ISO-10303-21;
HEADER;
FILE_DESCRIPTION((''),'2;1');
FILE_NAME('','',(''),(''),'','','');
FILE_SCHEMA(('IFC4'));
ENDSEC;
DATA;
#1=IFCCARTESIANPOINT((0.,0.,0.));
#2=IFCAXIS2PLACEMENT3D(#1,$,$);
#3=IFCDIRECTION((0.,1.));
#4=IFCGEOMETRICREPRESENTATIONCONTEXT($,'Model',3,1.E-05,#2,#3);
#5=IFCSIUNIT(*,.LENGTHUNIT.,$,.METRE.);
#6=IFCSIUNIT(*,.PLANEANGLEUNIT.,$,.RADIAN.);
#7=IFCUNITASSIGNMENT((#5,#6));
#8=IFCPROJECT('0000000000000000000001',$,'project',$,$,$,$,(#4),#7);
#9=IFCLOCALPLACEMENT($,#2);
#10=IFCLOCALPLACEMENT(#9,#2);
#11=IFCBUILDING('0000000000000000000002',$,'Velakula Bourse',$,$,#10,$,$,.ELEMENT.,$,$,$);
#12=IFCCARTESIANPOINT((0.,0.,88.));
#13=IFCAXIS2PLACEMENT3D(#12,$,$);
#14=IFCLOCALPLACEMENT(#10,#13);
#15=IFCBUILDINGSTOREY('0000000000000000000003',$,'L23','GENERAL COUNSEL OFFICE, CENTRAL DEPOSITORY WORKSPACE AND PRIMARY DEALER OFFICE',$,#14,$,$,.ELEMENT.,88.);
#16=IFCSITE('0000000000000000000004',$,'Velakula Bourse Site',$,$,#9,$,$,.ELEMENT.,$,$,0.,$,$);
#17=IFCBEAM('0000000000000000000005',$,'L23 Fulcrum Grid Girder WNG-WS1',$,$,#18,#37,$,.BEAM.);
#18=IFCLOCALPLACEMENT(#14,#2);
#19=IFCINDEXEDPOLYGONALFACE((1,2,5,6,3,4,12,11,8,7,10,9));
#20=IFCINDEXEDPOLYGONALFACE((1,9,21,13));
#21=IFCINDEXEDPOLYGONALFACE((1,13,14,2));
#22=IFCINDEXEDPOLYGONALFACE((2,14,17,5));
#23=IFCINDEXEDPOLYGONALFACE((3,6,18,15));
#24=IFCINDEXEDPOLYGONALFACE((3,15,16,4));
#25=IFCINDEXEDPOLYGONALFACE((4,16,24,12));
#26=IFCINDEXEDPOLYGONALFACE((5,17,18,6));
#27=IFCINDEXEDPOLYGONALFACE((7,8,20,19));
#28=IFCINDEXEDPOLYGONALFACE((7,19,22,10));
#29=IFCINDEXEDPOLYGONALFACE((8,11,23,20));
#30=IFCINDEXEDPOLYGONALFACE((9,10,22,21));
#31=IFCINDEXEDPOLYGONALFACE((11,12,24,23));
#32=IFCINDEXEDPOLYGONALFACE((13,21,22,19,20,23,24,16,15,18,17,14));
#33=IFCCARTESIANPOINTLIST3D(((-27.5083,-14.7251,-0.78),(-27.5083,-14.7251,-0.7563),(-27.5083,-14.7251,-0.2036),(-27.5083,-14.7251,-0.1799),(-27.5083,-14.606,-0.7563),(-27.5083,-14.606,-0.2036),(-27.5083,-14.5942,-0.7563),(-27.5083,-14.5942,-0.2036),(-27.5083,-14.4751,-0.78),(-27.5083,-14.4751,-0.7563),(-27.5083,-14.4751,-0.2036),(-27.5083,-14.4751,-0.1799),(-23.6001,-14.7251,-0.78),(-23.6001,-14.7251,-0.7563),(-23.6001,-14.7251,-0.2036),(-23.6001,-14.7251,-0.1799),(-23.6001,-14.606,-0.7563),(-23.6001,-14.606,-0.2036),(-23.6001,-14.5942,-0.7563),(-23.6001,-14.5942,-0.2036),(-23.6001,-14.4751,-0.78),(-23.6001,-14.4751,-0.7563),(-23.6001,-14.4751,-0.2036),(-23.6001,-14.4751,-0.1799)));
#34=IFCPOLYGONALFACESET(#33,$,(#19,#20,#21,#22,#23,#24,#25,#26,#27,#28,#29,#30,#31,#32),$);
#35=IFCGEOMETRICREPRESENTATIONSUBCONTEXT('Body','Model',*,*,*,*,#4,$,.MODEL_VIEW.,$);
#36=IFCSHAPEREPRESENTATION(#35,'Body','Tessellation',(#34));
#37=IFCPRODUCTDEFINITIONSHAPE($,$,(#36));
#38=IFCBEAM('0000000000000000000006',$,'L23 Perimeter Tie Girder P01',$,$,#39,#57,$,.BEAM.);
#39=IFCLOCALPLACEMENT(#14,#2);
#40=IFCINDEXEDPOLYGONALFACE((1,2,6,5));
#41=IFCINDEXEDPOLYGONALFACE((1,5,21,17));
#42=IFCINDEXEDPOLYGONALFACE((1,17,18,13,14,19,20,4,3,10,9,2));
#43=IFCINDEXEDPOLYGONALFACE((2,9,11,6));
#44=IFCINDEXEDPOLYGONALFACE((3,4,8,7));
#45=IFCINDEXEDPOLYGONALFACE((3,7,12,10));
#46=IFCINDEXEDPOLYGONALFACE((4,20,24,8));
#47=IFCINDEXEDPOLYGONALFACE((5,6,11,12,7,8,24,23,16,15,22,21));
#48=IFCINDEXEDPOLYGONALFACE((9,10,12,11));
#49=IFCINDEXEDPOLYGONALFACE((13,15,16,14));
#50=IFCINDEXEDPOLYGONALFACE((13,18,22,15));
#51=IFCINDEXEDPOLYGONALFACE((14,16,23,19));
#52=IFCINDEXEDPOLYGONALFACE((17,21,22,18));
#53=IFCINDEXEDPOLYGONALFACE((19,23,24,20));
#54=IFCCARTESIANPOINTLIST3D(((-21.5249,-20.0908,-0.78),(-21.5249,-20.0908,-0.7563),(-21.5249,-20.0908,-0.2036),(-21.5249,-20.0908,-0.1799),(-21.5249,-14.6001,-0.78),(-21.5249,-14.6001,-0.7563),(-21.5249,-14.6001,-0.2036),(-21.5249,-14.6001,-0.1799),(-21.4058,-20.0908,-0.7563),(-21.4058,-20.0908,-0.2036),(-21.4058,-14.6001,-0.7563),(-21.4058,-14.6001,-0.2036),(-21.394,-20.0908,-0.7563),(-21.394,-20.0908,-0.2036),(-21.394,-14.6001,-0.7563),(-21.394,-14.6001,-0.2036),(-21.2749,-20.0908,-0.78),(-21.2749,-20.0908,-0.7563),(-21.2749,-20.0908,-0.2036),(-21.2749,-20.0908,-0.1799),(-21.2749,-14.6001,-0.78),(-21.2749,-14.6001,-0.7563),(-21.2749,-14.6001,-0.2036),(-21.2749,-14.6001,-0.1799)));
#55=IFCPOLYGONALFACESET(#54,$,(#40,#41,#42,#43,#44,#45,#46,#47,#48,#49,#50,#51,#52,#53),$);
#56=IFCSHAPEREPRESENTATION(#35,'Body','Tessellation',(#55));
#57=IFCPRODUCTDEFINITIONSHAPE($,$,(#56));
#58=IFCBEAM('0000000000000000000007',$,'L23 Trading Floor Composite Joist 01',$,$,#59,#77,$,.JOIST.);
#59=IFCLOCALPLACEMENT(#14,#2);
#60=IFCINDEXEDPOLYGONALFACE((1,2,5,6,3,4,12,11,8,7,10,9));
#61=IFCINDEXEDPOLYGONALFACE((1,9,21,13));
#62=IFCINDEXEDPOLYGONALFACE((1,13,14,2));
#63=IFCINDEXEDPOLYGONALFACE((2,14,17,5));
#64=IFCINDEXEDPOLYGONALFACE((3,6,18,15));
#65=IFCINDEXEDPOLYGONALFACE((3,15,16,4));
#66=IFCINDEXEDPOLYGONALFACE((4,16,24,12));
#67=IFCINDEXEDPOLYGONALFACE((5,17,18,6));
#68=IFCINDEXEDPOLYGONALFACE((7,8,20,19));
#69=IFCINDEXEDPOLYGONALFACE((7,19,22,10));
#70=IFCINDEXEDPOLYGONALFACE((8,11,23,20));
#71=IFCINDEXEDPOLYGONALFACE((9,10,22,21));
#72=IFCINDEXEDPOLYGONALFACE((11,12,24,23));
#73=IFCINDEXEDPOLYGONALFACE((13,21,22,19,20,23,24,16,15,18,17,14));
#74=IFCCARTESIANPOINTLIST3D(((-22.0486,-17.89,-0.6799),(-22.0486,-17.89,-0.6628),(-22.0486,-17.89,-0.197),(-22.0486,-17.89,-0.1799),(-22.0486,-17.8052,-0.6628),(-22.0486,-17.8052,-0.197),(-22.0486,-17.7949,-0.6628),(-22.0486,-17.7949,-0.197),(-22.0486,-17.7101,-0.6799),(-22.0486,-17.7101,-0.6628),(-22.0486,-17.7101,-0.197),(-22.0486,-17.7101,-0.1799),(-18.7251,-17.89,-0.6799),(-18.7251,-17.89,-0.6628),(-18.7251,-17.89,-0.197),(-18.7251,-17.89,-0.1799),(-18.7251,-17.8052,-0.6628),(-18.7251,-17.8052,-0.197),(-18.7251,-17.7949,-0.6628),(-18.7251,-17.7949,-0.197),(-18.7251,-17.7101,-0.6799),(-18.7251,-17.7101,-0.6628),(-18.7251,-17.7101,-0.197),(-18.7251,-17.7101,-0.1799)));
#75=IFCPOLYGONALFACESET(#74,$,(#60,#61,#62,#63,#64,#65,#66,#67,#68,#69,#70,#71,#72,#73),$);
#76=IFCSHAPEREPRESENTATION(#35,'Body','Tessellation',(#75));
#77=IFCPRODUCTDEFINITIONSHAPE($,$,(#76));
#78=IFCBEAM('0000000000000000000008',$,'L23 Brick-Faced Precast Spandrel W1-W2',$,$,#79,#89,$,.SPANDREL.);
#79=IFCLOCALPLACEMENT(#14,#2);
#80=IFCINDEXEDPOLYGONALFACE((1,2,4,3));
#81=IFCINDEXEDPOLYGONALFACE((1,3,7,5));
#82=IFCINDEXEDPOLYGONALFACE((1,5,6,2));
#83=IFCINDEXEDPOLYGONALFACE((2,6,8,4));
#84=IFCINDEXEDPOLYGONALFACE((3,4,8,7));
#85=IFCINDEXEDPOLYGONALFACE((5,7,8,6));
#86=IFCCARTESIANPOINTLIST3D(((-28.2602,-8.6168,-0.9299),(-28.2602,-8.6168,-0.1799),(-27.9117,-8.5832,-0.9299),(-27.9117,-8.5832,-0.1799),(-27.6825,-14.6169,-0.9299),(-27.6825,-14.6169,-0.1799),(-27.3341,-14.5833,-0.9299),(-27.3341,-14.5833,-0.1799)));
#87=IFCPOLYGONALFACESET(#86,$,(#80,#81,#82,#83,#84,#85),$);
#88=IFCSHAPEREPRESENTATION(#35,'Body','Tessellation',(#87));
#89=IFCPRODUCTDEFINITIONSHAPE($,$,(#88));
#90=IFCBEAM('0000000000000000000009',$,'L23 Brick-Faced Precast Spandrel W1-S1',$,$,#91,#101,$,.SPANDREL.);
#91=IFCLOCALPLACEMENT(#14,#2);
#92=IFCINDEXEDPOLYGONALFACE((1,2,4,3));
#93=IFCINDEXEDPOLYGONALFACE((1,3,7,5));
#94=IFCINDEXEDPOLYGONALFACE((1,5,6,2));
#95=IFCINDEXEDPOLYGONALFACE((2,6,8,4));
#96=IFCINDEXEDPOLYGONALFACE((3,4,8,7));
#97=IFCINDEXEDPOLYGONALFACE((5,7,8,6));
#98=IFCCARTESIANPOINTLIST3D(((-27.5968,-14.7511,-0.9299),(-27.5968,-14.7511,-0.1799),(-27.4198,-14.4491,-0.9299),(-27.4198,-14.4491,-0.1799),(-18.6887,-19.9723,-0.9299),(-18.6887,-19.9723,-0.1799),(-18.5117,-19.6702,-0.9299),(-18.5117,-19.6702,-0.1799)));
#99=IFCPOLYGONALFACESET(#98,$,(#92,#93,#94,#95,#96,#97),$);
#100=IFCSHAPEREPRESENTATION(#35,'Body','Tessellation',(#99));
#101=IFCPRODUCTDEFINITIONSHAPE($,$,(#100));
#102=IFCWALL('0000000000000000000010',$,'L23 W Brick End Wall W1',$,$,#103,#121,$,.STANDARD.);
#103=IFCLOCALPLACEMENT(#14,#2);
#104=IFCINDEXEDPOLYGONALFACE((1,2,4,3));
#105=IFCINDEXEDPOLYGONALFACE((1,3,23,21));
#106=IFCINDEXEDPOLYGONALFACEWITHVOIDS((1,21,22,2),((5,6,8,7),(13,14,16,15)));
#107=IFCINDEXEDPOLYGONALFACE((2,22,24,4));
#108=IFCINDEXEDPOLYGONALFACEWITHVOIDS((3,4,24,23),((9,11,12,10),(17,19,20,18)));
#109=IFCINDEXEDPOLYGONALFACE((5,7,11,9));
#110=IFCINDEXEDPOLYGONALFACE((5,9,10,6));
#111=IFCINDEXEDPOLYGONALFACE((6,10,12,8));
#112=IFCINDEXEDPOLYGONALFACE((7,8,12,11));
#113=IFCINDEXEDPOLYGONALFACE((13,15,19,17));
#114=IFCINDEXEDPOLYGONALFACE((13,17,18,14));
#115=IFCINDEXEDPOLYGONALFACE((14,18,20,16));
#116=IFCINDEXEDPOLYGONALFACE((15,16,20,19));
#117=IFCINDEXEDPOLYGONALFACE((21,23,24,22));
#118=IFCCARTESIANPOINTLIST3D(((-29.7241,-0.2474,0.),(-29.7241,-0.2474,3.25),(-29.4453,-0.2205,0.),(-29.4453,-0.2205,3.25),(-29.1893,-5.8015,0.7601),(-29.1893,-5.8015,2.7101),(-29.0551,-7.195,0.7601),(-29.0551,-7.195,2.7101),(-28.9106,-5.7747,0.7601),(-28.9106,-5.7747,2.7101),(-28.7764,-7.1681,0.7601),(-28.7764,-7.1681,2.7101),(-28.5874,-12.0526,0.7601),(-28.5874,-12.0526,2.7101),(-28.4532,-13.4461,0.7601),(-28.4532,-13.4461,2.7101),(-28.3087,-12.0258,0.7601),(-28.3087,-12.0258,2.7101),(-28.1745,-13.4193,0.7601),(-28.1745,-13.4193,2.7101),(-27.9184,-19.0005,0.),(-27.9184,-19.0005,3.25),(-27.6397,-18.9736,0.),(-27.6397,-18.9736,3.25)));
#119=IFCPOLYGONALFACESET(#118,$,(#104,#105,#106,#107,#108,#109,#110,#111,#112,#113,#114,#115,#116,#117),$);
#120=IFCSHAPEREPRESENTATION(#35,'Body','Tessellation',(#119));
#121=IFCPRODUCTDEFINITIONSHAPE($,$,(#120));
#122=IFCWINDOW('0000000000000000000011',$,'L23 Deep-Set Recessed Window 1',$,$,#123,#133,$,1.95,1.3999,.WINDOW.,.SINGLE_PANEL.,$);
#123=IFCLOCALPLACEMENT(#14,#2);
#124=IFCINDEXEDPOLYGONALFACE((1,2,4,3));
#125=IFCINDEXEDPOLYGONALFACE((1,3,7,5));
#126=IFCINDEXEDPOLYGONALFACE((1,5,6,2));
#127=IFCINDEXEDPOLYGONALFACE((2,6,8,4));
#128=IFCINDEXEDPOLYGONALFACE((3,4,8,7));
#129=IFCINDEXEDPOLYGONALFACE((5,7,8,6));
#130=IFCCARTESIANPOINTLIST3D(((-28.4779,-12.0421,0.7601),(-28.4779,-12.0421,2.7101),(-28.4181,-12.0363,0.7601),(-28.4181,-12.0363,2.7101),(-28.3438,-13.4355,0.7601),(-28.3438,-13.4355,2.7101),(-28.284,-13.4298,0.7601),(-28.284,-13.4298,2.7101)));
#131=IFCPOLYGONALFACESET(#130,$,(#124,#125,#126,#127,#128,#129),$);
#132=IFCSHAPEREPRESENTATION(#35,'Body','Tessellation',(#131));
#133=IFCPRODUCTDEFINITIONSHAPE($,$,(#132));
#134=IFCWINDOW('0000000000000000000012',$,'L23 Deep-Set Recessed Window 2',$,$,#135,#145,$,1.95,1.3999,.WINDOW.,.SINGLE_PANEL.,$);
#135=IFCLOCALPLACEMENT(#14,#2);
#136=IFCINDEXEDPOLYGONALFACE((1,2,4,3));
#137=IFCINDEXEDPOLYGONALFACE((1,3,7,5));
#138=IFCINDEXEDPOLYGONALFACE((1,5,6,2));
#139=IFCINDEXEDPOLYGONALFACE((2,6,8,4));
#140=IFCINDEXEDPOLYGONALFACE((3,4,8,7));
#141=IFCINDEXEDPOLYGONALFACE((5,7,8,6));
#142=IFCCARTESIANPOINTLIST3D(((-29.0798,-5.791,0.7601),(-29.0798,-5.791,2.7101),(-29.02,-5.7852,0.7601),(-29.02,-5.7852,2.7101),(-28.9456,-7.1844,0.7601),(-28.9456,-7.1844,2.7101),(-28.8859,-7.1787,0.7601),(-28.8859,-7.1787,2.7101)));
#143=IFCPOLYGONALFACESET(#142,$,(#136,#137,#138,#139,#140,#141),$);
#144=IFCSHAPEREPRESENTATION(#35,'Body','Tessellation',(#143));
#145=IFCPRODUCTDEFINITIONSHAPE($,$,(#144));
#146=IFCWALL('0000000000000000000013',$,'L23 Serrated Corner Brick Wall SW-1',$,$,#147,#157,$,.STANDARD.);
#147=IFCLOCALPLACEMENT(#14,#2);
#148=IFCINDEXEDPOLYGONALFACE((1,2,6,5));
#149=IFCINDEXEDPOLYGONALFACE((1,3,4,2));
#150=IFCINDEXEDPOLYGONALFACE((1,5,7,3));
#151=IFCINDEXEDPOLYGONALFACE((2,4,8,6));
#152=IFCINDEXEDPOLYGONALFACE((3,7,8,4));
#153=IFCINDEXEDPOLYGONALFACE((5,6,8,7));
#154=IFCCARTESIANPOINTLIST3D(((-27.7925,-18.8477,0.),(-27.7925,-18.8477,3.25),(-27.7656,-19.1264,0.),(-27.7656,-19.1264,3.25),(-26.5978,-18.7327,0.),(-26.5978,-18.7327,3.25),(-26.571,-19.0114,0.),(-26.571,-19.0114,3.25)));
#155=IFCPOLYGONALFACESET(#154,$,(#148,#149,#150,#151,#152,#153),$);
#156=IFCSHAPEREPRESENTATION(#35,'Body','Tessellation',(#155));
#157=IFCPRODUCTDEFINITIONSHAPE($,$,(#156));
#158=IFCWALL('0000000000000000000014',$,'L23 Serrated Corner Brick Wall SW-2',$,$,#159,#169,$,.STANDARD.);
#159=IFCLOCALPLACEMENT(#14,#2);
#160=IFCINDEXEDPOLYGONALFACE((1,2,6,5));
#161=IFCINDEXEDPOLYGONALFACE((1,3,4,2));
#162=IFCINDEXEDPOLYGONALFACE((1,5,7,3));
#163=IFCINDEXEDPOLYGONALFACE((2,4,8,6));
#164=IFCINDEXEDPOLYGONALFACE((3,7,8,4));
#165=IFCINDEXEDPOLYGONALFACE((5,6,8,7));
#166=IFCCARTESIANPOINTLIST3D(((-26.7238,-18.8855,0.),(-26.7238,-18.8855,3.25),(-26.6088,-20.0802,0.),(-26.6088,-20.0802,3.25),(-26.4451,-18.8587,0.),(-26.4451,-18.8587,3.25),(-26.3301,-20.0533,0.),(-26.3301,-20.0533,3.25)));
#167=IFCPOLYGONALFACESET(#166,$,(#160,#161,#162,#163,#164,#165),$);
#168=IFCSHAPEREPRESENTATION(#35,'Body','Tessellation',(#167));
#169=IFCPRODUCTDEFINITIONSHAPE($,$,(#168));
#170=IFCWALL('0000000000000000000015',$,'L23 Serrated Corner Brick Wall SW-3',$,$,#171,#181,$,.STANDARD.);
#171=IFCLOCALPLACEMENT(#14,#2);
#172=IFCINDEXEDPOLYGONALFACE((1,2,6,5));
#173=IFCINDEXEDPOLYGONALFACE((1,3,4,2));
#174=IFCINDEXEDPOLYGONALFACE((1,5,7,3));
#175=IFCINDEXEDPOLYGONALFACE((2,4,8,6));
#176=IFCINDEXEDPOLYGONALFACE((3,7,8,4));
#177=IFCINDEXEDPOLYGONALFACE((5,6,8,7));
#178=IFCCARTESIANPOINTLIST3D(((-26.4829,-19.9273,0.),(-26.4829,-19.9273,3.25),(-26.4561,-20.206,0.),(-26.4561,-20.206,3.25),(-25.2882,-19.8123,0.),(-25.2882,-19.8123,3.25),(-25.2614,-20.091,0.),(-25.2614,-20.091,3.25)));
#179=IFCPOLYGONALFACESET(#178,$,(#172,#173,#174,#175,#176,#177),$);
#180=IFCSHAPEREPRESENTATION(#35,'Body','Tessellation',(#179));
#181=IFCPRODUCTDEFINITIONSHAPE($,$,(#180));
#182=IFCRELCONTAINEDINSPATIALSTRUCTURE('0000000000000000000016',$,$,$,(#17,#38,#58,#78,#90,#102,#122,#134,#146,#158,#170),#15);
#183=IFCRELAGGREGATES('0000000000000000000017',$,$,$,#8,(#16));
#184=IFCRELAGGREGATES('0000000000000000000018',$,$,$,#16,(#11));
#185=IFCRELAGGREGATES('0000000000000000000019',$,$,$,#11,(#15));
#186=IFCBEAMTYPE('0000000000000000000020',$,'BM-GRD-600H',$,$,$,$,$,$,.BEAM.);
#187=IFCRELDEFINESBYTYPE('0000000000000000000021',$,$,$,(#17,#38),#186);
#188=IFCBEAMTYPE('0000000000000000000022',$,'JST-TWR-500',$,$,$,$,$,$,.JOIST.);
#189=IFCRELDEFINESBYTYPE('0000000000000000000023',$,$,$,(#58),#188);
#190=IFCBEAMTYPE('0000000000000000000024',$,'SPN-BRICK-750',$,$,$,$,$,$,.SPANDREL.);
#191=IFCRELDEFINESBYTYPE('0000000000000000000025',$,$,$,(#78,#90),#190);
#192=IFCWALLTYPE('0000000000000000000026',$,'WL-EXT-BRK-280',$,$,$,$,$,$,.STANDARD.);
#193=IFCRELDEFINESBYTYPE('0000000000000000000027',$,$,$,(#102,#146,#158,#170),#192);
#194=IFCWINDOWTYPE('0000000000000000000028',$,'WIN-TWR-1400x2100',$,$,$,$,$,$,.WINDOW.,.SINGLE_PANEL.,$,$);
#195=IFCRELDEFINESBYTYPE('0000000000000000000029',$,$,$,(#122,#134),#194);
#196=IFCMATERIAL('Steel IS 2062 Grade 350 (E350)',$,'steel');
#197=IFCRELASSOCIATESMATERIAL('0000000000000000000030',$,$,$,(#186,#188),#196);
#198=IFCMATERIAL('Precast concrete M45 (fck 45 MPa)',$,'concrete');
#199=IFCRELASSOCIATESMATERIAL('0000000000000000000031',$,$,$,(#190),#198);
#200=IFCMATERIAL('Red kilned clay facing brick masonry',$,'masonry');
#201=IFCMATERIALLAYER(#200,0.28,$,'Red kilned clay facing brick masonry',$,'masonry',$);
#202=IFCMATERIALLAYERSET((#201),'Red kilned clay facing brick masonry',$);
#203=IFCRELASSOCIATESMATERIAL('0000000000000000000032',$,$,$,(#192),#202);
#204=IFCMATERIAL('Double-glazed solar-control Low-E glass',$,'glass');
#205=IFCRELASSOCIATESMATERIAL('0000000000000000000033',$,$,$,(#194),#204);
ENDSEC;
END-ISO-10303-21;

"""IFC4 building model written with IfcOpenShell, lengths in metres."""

from ifc_helpers import new_model, si_unit, direction, frame, frame_2d, origin, origin_2d, place, context, subcontext, project, spatial, rectangle, i_section, extrude, material, layer, layer_set, material_profile, profile_set, type_object, element, fill, save


model = new_model("IFC4")

# Units and contexts
model_context = context("Model", 3, precision=1e-05, world=origin(), true_north=direction((0.0, 1.0)))
body_context = subcontext(model_context, "Body", "Model", "MODEL_VIEW")
ifc_project = project(units=[si_unit("LENGTHUNIT", "METRE"), si_unit("PLANEANGLEUNIT", "RADIAN")], contexts=[model_context])

# Site, building, storey
site_placement = place(None, origin())
site = spatial("IfcSite", under=ifc_project, at=site_placement, Name="Velakula Bourse Site", CompositionType="ELEMENT", RefElevation=0.0)
building_placement = place(site_placement, origin())
building = spatial("IfcBuilding", under=site, at=building_placement, Name="Velakula Bourse", CompositionType="ELEMENT")
storey_placement = place(building_placement, frame((0.0, 0.0, 88.0)))
storey = spatial("IfcBuildingStorey", under=building, at=storey_placement, Name="L23", Description="GENERAL COUNSEL OFFICE, CENTRAL DEPOSITORY WORKSPACE AND PRIMARY DEALER OFFICE", CompositionType="ELEMENT", Elevation=88.0)

# Shared definitions
ifc_material_1 = material(Name="Precast concrete M45 (fck 45 MPa)", Category="concrete")

# Beams
ifc_material_2 = material(Name="Steel IS 2062 Grade 350 (E350)", Category="steel")
ifc_material_profile_1 = material_profile(ifc_material_2, i_section(OverallWidth=0.25, OverallDepth=0.6001, WebThickness=0.0117, FlangeThickness=0.0237, at=origin_2d()), Name="Steel IS 2062 Grade 350 (E350)")
ifc_profile_set_1 = profile_set([ifc_material_profile_1], Name="Steel IS 2062 Grade 350 (E350)")
beam_type_1 = type_object("IfcBeamType", Name="BM-GRD-600H", PredefinedType="BEAM", material=ifc_profile_set_1)
beam_1_placement = place(storey_placement, frame((-27.5083, -14.6001, -0.48), z_axis=(1.0, 0.0, 0.0), x_axis=(0.0, 1.0, 0.0)))
element("IfcBeam", 1, at=beam_1_placement, inside=storey, type_object=beam_type_1, Name="L23 Fulcrum Grid Girder WNG-WS1", PredefinedType="BEAM", context=body_context, shape_type="SweptSolid", body=[
    extrude(i_section(OverallWidth=0.25, OverallDepth=0.6001, WebThickness=0.0117, FlangeThickness=0.0237, at=origin_2d()), origin(), (0.0, 0.0, 1.0), 3.9082),
])
beam_2_placement = place(storey_placement, frame((-21.3999, -14.6001, -0.48), z_axis=(0.0, -1.0, 0.0), x_axis=(1.0, 0.0, 0.0)))
element("IfcBeam", 2, at=beam_2_placement, inside=storey, type_object=beam_type_1, Name="L23 Perimeter Tie Girder P01", PredefinedType="BEAM", context=body_context, shape_type="SweptSolid", body=[
    extrude(i_section(OverallWidth=0.25, OverallDepth=0.6001, WebThickness=0.0117, FlangeThickness=0.0237, at=origin_2d()), origin(), (0.0, 0.0, 1.0), 5.4907),
])
ifc_material_profile_2 = material_profile(ifc_material_2, i_section(OverallWidth=0.1799, OverallDepth=0.5, WebThickness=0.0103, FlangeThickness=0.0171, at=origin_2d()), Name="Steel IS 2062 Grade 350 (E350)")
ifc_profile_set_2 = profile_set([ifc_material_profile_2], Name="Steel IS 2062 Grade 350 (E350)")
beam_type_2 = type_object("IfcBeamType", Name="JST-TWR-500", PredefinedType="JOIST", material=ifc_profile_set_2)
beam_3_placement = place(storey_placement, frame((-22.0486, -17.8, -0.4299), z_axis=(1.0, 0.0, 0.0), x_axis=(0.0, 1.0, 0.0)))
element("IfcBeam", 3, at=beam_3_placement, inside=storey, type_object=beam_type_2, Name="L23 Trading Floor Composite Joist 01", PredefinedType="JOIST", context=body_context, shape_type="SweptSolid", body=[
    extrude(i_section(OverallWidth=0.1799, OverallDepth=0.5, WebThickness=0.0103, FlangeThickness=0.0171, at=origin_2d()), origin(), (0.0, 0.0, 1.0), 3.3235),
])
ifc_material_profile_3 = material_profile(ifc_material_1, rectangle(XDim=0.3501, YDim=0.75, at=origin_2d()), Name="Precast concrete M45 (fck 45 MPa)")
ifc_profile_set_3 = profile_set([ifc_material_profile_3], Name="Precast concrete M45 (fck 45 MPa)")
beam_type_3 = type_object("IfcBeamType", Name="SPN-BRICK-750", PredefinedType="SPANDREL", material=ifc_profile_set_3)
beam_4_placement = place(storey_placement, frame((-27.5083, -14.6001, -0.5549), z_axis=(-0.09583, 0.995398, 0.0), x_axis=(-0.995398, -0.09583, 0.0)))
element("IfcBeam", 4, at=beam_4_placement, inside=storey, type_object=beam_type_3, Name="L23 Brick-Faced Precast Spandrel W1-W2", PredefinedType="SPANDREL", context=body_context, shape_type="SweptSolid", body=[
    extrude(rectangle(XDim=0.3501, YDim=0.75, at=origin_2d()), origin(), (0.0, 0.0, 1.0), 6.0278),
])
beam_5_placement = place(storey_placement, frame((-27.5083, -14.6001, -0.5549), z_axis=(0.862734, -0.505658, 0.0), x_axis=(0.505658, 0.862734, 0.0)))
element("IfcBeam", 5, at=beam_5_placement, inside=storey, type_object=beam_type_3, Name="L23 Brick-Faced Precast Spandrel W1-S1", PredefinedType="SPANDREL", context=body_context, shape_type="SweptSolid", body=[
    extrude(rectangle(XDim=0.3501, YDim=0.75, at=origin_2d()), origin(), (0.0, 0.0, 1.0), 10.3254),
])

# Wall, openings, windows
ifc_material_3 = material(Name="Red kilned clay facing brick masonry", Category="masonry")
ifc_layer_1 = layer(ifc_material_3, 0.28, Name="Red kilned clay facing brick masonry", Category="masonry")
ifc_layer_set_1 = layer_set([ifc_layer_1], Name="Red kilned clay facing brick masonry")
wall_type_1 = type_object("IfcWallType", Name="WL-EXT-BRK-280", PredefinedType="STANDARD", material=ifc_layer_set_1)
wall_1_placement = place(storey_placement, frame((-27.7791, -18.9871, 0.0), z_axis=(0.0, 0.0, 1.0), x_axis=(-0.095843, 0.995397, 0.0)))
wall_1 = element("IfcWall", 6, at=wall_1_placement, inside=storey, type_object=wall_type_1, Name="L23 W Brick End Wall W1", PredefinedType="STANDARD", context=body_context, shape_type="SweptSolid", body=[
    extrude(rectangle(XDim=18.8398, YDim=0.28, at=frame_2d((9.4199, 0.0))), origin(), (0.0, 0.0, 1.0), 3.25),
])
opening_1_placement = place(wall_1_placement, frame((5.5801, 0.0, 0.76)))
opening_1 = element("IfcOpeningElement", 7, at=opening_1_placement, cuts=wall_1, PredefinedType="OPENING", context=body_context, shape_type="SweptSolid", body=[
    extrude(rectangle(XDim=1.3999, YDim=1.95, at=frame_2d((0.7, 0.9751))), frame((0.0, 0.1499, 0.0), z_axis=(0.0, -1.0, 0.0), x_axis=(1.0, 0.0, 0.0)), (0.0, 0.0, 1.0), 0.3),
])
opening_2_placement = place(wall_1_placement, frame((11.8601, 0.0, 0.76)))
opening_2 = element("IfcOpeningElement", 8, at=opening_2_placement, cuts=wall_1, PredefinedType="OPENING", context=body_context, shape_type="SweptSolid", body=[
    extrude(rectangle(XDim=1.3999, YDim=1.95, at=frame_2d((0.7, 0.9751))), frame((0.0, 0.1499, 0.0), z_axis=(0.0, -1.0, 0.0), x_axis=(1.0, 0.0, 0.0)), (0.0, 0.0, 1.0), 0.3),
])
ifc_material_4 = material(Name="Double-glazed solar-control Low-E glass", Category="glass")
window_type = type_object("IfcWindowType", Name="WIN-TWR-1400x2100", PartitioningType="SINGLE_PANEL", PredefinedType="WINDOW", material=ifc_material_4)
window_1_placement = place(opening_1_placement, origin())
window_1 = element("IfcWindow", 9, at=window_1_placement, inside=storey, type_object=window_type, Name="L23 Deep-Set Recessed Window 1", OverallHeight=1.95, OverallWidth=1.3999, PartitioningType="SINGLE_PANEL", PredefinedType="WINDOW", context=body_context, shape_type="SweptSolid", body=[
    extrude(rectangle(XDim=1.3999, YDim=1.95, at=frame_2d((0.7, 0.9751))), frame((0.0, 0.03, 0.0), z_axis=(0.0, -1.0, 0.0), x_axis=(1.0, 0.0, 0.0)), (0.0, 0.0, 1.0), 0.0601),
])
fill(opening_1, window_1)
window_2_placement = place(opening_2_placement, origin())
window_2 = element("IfcWindow", 10, at=window_2_placement, inside=storey, type_object=window_type, Name="L23 Deep-Set Recessed Window 2", OverallHeight=1.95, OverallWidth=1.3999, PartitioningType="SINGLE_PANEL", PredefinedType="WINDOW", context=body_context, shape_type="SweptSolid", body=[
    extrude(rectangle(XDim=1.3999, YDim=1.95, at=frame_2d((0.7, 0.9751))), frame((0.0, 0.03, 0.0), z_axis=(0.0, -1.0, 0.0), x_axis=(1.0, 0.0, 0.0)), (0.0, 0.0, 1.0), 0.0601),
])
fill(opening_2, window_2)

# Walls
for number, where, z_axis, x_axis, name in (
    (11, (-27.7791, -18.9871, 0.0), (0.0, 0.0, 1.0), (0.995399, 0.095817, 0.0), "L23 Serrated Corner Brick Wall SW-1"),
    (12, (-26.5845, -18.8721, 0.0), (0.0, 0.0, 1.0), (0.095817, -0.995399, 0.0), "L23 Serrated Corner Brick Wall SW-2"),
    (13, (-26.4695, -20.0667, 0.0), (0.0, 0.0, 1.0), (0.995399, 0.095817, 0.0), "L23 Serrated Corner Brick Wall SW-3"),
):
    element("IfcWall", number, at=place(storey_placement, frame(where, z_axis=z_axis, x_axis=x_axis)), inside=storey, type_object=wall_type_1, Name=name, PredefinedType="STANDARD", context=body_context, shape_type="SweptSolid", body=[
        extrude(rectangle(XDim=1.2002, YDim=0.28, at=frame_2d((0.6001, 0.0))), origin(), (0.0, 0.0, 1.0), 3.25),
    ])

save(model, "model.ifc")
